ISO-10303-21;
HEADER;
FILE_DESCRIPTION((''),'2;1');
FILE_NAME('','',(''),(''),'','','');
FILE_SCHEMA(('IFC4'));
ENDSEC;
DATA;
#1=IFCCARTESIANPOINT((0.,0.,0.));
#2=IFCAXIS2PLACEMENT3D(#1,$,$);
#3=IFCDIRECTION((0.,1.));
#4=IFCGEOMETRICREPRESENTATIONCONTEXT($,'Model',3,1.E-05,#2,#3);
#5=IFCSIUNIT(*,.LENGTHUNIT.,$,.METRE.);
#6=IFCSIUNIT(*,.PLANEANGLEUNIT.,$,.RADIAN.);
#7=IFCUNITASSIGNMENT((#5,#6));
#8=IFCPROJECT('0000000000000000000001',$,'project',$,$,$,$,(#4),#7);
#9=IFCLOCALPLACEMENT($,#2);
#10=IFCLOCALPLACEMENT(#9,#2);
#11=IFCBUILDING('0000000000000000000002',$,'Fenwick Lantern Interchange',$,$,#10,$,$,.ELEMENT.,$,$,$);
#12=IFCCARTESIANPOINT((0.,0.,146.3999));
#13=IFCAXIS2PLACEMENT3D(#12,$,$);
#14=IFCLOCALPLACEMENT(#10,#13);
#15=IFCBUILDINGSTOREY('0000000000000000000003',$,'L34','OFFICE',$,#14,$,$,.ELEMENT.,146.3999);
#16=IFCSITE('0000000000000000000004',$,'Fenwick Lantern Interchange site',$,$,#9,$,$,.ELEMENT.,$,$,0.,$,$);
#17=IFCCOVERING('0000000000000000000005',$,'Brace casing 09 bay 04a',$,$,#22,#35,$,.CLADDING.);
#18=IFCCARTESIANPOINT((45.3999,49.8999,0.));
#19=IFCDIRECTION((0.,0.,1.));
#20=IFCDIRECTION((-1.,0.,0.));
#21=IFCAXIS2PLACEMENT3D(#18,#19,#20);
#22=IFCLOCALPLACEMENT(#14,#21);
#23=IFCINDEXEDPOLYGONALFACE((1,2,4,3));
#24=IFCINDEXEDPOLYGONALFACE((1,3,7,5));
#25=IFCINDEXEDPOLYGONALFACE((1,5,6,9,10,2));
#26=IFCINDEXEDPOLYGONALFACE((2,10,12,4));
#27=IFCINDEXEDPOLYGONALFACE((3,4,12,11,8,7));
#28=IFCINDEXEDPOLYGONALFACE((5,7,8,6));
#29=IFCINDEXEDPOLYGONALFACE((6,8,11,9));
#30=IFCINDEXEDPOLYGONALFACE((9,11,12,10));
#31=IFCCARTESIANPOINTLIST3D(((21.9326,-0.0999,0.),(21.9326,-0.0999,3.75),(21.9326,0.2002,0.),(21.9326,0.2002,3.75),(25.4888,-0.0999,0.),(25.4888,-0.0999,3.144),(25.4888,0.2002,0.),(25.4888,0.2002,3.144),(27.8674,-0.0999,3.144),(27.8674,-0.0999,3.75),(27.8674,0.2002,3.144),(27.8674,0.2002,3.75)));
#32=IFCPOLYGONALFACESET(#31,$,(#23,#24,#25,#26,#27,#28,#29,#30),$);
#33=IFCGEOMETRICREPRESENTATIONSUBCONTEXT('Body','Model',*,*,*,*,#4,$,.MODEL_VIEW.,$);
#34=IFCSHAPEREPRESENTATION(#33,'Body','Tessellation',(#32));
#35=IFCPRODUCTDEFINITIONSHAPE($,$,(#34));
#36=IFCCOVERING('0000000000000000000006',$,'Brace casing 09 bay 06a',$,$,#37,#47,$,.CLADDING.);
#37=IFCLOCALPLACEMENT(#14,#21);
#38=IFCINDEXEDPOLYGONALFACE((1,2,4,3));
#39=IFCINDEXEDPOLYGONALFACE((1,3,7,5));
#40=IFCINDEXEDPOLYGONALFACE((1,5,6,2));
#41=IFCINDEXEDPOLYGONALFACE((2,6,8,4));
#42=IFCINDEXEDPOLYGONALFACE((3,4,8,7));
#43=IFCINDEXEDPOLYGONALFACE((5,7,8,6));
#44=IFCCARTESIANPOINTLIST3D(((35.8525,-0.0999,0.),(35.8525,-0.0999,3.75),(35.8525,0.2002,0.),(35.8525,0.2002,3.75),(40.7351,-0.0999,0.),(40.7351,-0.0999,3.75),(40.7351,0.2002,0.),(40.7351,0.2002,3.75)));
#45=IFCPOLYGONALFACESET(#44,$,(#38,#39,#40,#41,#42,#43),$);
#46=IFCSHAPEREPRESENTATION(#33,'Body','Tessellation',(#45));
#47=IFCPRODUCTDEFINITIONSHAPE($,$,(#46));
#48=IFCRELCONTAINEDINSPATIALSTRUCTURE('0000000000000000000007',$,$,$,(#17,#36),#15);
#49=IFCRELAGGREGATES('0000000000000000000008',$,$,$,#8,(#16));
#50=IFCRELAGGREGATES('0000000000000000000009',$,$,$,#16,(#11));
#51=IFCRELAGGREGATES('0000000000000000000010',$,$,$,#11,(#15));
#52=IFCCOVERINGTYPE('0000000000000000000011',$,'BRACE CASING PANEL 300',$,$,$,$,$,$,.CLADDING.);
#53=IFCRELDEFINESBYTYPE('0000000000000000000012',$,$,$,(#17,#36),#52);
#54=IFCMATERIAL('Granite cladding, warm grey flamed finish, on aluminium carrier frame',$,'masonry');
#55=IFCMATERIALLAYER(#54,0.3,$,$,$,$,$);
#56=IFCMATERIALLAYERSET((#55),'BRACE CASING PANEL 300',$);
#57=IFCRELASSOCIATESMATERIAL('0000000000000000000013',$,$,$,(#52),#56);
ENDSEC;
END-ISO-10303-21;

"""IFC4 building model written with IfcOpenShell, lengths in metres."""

from ifc_helpers import new_model, si_unit, direction, frame, origin, place, context, subcontext, project, spatial, polyline, outline, extrude, material, layer, layer_set, type_object, element, save


model = new_model("IFC4")

# Units and contexts
model_context = context("Model", 3, precision=1e-05, world=origin(), true_north=direction((0.0, 1.0)))
body_context = subcontext(model_context, "Body", "Model", "MODEL_VIEW")
ifc_project = project(units=[si_unit("LENGTHUNIT", "METRE"), si_unit("PLANEANGLEUNIT", "RADIAN")], contexts=[model_context])

# Site, building, storey
site_placement = place(None, origin())
site = spatial("IfcSite", under=ifc_project, at=site_placement, Name="Fenwick Lantern Interchange site", CompositionType="ELEMENT", RefElevation=0.0)
building_placement = place(site_placement, origin())
building = spatial("IfcBuilding", under=site, at=building_placement, Name="Fenwick Lantern Interchange", CompositionType="ELEMENT")
storey_placement = place(building_placement, frame((0.0, 0.0, 146.3999)))
storey = spatial("IfcBuildingStorey", under=building, at=storey_placement, Name="L34", Description="OFFICE", CompositionType="ELEMENT", Elevation=146.3999)

# Coverings
ifc_material_1 = material(Name="Granite cladding, warm grey flamed finish, on aluminium carrier frame", Category="masonry")
ifc_layer_1 = layer(ifc_material_1, 0.3)
ifc_layer_set_1 = layer_set([ifc_layer_1], Name="BRACE CASING PANEL 300")
covering_type = type_object("IfcCoveringType", Name="BRACE CASING PANEL 300", PredefinedType="CLADDING", material=ifc_layer_set_1)
covering_1_placement = place(storey_placement, frame((45.3999, 49.8999, 0.0), z_axis=(0.0, 0.0, 1.0), x_axis=(-1.0, 0.0, 0.0)))
element("IfcCovering", 1, at=covering_1_placement, inside=storey, type_object=covering_type, Name="Brace casing 09 bay 04a", PredefinedType="CLADDING", context=body_context, shape_type="SweptSolid", body=[
    extrude(outline(polyline([(21.9326, 0.0), (25.4888, 0.0), (25.4888, 3.144), (27.8674, 3.144), (27.8674, 3.75), (21.9326, 3.75), (21.9326, 0.0)])), frame((0.0, 0.2002, 0.0), z_axis=(0.0, -1.0, 0.0), x_axis=(1.0, 0.0, 0.0)), (0.0, 0.0, 1.0), 0.3),
])
covering_2_placement = place(storey_placement, frame((45.3999, 49.8999, 0.0), z_axis=(0.0, 0.0, 1.0), x_axis=(-1.0, 0.0, 0.0)))
element("IfcCovering", 2, at=covering_2_placement, inside=storey, type_object=covering_type, Name="Brace casing 09 bay 06a", PredefinedType="CLADDING", context=body_context, shape_type="SweptSolid", body=[
    extrude(outline(polyline([(35.8525, 0.0), (40.7351, 0.0), (40.7351, 3.75), (35.8525, 3.75), (35.8525, 0.0)])), frame((0.0, 0.2002, 0.0), z_axis=(0.0, -1.0, 0.0), x_axis=(1.0, 0.0, 0.0)), (0.0, 0.0, 1.0), 0.3),
])

save(model, "model.ifc")
